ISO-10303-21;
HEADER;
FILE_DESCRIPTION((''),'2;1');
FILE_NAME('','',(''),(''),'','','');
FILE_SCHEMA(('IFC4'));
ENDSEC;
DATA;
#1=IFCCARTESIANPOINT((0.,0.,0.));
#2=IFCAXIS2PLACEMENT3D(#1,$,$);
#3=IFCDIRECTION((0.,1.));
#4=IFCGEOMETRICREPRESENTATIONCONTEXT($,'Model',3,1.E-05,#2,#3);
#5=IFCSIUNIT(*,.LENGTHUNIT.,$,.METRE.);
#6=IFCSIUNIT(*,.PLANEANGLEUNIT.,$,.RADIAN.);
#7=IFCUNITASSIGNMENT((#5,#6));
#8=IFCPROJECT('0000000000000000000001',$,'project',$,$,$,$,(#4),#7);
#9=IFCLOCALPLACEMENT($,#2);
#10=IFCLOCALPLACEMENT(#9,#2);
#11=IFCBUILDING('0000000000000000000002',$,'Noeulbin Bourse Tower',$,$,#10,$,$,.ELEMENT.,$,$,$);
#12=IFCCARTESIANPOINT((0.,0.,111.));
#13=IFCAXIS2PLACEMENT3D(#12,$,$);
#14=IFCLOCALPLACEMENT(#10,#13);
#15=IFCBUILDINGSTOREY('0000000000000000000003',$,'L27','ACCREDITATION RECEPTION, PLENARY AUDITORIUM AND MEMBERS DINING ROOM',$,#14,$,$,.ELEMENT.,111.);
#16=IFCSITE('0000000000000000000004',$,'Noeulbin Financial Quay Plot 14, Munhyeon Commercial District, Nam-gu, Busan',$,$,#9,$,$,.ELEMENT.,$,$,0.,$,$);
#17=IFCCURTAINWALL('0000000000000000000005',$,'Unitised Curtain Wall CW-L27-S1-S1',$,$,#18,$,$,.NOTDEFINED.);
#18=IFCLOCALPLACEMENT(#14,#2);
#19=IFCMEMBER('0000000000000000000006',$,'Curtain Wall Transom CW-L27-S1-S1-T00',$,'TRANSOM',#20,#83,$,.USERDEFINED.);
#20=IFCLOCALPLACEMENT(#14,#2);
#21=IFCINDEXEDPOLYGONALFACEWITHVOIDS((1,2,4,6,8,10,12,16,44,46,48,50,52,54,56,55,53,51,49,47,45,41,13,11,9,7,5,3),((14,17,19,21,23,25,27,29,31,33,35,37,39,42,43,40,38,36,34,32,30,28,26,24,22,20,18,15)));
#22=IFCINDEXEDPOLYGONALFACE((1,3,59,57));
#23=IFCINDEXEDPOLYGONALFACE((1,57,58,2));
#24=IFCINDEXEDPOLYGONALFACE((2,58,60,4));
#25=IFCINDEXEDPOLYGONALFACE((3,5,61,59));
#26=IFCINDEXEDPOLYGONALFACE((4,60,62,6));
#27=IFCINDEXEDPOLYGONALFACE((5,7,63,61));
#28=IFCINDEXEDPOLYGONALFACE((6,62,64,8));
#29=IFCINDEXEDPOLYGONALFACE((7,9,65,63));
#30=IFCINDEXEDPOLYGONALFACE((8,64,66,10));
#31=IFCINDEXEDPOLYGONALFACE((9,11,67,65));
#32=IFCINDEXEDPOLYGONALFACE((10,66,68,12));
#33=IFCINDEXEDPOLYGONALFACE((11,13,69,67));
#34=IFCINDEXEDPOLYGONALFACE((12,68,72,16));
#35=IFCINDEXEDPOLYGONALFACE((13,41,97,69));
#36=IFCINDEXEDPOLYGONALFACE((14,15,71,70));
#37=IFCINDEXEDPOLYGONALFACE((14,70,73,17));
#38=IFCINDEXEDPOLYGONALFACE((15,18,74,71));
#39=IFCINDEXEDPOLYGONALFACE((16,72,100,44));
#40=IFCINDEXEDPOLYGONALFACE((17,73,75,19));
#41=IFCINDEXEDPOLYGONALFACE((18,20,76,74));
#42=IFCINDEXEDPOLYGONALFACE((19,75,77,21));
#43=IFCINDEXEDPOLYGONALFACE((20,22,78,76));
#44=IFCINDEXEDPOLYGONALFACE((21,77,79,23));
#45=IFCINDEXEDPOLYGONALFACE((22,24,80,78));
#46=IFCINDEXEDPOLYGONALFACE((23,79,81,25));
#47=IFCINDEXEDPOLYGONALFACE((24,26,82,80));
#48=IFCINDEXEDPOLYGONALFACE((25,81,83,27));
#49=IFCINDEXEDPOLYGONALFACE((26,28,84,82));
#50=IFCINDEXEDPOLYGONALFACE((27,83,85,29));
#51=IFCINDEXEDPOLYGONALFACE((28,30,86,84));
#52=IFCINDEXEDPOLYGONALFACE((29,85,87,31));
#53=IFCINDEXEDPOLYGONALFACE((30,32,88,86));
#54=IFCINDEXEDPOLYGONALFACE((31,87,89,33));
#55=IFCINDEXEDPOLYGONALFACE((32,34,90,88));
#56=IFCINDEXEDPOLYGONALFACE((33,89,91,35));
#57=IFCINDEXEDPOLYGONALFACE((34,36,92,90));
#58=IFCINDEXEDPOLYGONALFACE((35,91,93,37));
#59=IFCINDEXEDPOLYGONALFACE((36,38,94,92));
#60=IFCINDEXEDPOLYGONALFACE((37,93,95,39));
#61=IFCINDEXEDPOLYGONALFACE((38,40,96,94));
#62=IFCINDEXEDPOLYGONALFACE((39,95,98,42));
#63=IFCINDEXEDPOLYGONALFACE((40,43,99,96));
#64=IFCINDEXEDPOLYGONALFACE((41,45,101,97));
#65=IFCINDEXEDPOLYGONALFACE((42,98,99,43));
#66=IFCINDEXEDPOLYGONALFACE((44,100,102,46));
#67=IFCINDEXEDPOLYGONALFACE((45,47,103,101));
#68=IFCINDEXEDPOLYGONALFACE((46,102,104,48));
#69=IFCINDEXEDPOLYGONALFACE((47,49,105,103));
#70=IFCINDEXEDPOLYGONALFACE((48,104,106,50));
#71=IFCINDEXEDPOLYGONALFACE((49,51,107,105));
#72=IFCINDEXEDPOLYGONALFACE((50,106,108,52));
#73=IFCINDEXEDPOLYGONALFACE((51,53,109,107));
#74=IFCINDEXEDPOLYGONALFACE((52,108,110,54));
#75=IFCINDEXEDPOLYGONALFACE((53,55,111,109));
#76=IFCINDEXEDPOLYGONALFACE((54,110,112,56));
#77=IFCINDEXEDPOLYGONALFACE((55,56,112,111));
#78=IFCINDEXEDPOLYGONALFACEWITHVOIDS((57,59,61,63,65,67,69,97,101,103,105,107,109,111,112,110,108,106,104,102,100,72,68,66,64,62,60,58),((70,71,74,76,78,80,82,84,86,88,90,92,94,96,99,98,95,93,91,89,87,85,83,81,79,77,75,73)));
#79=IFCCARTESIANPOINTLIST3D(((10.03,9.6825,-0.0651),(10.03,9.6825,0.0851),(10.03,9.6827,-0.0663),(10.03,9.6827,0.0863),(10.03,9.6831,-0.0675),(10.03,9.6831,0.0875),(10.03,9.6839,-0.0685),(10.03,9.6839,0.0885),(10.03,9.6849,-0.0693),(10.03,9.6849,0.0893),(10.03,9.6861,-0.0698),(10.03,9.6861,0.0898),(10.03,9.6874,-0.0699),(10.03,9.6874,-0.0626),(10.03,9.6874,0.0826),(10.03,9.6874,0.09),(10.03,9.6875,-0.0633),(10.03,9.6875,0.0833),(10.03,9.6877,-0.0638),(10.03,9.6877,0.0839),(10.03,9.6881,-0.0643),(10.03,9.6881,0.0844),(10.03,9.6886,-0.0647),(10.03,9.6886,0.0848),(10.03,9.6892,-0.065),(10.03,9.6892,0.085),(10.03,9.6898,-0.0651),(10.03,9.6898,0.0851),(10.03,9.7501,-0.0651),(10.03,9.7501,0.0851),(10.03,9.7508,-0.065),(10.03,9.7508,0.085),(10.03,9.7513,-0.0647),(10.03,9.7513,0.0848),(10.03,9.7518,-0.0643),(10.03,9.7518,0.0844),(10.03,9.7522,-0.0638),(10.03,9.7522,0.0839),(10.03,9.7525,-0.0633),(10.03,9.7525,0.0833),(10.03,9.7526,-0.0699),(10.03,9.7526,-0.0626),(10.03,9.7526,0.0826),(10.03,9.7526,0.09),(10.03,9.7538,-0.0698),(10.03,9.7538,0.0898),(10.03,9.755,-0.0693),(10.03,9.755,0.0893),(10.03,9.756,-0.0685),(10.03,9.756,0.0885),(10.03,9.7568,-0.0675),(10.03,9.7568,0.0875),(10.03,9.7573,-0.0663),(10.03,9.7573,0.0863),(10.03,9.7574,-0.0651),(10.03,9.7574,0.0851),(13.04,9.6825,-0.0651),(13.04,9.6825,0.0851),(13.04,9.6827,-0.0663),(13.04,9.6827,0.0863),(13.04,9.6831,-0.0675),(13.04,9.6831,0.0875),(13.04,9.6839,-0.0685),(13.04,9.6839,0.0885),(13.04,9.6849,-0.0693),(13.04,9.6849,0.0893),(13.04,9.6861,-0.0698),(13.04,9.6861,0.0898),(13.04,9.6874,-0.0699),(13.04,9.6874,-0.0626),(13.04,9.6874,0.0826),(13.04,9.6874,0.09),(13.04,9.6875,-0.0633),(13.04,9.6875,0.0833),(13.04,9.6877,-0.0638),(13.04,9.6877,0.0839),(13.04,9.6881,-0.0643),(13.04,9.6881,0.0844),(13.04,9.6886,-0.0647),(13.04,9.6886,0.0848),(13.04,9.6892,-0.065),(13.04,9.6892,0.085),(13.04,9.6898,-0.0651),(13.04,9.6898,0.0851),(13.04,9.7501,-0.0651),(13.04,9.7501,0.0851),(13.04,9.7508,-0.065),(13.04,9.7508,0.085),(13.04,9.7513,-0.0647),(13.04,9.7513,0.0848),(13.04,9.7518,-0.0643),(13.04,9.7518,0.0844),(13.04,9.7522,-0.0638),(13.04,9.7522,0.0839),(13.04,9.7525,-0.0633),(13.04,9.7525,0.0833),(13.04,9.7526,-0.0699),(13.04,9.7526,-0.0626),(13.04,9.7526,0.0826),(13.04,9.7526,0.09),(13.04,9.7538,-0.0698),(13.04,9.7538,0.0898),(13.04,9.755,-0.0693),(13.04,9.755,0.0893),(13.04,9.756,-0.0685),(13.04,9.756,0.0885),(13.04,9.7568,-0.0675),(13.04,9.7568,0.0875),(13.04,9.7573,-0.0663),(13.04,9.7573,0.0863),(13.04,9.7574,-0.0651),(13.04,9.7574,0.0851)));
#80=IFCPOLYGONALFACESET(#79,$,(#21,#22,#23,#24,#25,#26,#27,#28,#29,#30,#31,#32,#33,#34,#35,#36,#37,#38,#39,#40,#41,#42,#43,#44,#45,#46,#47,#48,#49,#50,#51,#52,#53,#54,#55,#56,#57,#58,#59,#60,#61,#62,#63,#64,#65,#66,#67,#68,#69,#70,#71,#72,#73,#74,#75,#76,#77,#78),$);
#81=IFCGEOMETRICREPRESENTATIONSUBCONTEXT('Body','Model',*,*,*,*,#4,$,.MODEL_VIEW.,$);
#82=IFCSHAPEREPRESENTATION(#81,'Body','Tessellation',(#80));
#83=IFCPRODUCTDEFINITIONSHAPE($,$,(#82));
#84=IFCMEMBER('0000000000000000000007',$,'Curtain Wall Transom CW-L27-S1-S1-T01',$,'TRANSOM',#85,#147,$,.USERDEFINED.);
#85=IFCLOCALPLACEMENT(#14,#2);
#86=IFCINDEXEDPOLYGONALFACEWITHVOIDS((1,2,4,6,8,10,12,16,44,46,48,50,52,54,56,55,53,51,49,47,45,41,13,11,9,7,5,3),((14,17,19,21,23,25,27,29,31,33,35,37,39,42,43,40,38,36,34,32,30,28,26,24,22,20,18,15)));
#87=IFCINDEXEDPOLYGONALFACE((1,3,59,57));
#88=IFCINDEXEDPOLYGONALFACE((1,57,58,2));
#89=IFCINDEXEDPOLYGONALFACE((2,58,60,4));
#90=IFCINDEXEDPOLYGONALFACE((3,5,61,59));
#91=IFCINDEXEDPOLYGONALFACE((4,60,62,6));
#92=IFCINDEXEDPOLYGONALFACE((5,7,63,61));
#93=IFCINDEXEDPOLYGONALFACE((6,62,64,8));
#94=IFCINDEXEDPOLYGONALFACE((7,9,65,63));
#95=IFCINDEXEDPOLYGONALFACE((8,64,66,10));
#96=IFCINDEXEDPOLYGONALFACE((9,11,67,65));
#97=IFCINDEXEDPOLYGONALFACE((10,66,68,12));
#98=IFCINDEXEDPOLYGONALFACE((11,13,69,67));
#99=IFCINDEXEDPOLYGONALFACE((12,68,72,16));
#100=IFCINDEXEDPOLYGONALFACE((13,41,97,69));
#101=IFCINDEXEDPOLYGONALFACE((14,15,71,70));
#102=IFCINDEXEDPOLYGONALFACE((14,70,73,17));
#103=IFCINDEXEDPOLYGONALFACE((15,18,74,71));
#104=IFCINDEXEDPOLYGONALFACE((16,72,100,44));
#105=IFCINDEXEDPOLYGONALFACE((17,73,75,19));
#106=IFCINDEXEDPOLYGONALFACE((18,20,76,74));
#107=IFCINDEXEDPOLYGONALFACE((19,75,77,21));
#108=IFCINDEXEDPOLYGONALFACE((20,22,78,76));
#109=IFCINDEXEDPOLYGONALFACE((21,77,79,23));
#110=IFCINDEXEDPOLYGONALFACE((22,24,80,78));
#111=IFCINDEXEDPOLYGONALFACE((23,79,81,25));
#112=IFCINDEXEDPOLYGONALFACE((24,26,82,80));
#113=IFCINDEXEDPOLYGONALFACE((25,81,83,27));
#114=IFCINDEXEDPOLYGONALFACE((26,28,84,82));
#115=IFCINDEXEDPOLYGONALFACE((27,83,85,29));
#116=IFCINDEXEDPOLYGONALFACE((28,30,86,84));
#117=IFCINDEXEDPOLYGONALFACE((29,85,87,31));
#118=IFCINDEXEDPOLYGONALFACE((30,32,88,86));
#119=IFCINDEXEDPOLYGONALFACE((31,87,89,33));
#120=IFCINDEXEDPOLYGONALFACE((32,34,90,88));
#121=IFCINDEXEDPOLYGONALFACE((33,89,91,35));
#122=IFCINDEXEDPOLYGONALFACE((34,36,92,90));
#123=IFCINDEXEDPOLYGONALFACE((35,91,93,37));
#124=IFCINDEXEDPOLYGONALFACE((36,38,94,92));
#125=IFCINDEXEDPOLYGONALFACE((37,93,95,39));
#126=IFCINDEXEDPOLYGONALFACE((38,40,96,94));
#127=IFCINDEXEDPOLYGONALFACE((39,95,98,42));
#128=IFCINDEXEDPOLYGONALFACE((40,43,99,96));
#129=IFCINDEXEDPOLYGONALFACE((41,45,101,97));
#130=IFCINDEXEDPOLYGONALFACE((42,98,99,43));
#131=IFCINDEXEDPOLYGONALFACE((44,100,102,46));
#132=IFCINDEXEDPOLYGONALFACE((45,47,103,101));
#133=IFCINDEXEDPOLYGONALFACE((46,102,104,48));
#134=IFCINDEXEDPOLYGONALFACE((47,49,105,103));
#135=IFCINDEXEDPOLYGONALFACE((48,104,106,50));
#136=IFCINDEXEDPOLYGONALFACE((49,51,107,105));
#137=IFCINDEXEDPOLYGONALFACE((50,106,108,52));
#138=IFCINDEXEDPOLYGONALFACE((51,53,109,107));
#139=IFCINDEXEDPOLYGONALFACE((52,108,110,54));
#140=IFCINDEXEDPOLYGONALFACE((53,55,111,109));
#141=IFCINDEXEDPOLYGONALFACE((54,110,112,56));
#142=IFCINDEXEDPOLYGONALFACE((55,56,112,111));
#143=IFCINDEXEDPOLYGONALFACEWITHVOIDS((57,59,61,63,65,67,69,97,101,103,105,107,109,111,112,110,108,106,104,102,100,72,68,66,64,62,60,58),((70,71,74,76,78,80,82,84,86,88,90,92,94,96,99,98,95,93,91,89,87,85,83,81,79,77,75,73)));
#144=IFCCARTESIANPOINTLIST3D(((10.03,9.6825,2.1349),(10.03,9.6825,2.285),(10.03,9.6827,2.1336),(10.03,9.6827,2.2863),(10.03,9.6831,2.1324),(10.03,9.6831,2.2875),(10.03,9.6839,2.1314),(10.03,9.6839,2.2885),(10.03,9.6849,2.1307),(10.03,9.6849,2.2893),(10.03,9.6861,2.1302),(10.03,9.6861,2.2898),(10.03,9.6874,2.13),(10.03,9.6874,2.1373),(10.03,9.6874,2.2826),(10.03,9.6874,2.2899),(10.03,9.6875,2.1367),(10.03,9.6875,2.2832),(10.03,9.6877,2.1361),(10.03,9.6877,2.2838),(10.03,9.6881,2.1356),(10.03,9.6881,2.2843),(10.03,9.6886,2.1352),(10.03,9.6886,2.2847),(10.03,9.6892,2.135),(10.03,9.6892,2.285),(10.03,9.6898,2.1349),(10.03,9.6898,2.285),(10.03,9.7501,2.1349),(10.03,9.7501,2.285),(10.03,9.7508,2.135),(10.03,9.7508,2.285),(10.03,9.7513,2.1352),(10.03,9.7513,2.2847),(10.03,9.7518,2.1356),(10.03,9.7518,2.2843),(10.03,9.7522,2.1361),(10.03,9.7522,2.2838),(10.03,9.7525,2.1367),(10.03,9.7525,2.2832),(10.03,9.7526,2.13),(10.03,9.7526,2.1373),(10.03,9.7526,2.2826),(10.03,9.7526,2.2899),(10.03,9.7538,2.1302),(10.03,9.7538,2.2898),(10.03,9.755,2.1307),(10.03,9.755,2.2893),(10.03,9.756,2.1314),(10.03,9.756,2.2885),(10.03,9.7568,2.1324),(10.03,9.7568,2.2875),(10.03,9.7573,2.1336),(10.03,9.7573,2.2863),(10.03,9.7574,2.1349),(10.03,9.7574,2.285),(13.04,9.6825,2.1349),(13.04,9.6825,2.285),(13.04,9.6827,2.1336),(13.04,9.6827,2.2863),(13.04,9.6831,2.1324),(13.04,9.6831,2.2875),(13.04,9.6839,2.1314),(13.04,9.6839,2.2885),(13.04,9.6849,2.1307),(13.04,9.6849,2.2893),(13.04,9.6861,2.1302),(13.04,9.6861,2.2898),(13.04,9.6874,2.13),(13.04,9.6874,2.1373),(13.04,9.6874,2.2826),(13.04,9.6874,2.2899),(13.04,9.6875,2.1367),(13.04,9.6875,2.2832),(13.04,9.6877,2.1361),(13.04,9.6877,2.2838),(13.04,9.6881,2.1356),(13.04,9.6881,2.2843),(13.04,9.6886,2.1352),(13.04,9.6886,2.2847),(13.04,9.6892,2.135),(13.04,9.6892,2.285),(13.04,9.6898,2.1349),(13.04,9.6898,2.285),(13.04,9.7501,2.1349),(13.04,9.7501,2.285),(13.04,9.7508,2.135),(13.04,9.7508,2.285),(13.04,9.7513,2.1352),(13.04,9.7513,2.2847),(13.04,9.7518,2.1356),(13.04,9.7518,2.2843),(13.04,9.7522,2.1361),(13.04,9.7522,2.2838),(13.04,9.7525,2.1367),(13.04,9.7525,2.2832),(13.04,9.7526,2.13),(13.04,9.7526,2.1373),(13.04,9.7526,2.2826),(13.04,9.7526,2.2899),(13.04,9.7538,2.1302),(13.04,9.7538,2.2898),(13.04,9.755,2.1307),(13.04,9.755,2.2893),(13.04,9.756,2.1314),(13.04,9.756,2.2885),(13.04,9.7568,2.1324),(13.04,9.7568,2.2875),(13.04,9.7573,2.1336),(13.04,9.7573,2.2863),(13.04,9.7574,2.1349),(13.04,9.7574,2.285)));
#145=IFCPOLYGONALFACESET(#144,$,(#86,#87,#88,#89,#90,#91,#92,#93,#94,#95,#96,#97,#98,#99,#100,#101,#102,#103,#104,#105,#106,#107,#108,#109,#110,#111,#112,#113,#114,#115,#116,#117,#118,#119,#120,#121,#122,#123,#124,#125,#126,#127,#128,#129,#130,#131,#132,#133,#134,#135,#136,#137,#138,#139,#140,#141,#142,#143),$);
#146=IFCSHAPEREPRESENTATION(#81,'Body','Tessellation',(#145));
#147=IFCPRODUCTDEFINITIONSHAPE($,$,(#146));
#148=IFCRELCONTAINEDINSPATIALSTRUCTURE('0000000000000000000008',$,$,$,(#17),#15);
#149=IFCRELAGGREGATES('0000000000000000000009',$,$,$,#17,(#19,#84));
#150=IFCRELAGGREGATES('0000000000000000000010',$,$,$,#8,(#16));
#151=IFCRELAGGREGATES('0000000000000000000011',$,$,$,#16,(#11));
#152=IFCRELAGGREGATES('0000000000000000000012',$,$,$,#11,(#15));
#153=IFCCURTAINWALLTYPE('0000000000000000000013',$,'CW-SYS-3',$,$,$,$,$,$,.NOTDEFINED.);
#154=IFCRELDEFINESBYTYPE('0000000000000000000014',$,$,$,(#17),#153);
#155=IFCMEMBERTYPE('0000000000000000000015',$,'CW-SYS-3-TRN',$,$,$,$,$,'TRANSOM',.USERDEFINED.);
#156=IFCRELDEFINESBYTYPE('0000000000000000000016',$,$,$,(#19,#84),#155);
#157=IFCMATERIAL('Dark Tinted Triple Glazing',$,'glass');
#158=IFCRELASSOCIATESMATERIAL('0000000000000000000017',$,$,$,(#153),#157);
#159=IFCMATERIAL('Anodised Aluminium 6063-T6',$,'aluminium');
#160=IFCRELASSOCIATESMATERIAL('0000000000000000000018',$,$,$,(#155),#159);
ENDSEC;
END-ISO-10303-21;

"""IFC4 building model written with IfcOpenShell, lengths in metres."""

from ifc_helpers import new_model, si_unit, direction, frame, origin, origin_2d, place, context, subcontext, project, spatial, hollow_rectangle, extrude, material, material_profile, profile_set, type_object, element, aggregate, save


model = new_model("IFC4")

# Units and contexts
model_context = context("Model", 3, precision=1e-05, world=origin(), true_north=direction((0.0, 1.0)))
body_context = subcontext(model_context, "Body", "Model", "MODEL_VIEW")
ifc_project = project(units=[si_unit("LENGTHUNIT", "METRE"), si_unit("PLANEANGLEUNIT", "RADIAN")], contexts=[model_context])

# Site, building, storey
site_placement = place(None, origin())
site = spatial("IfcSite", under=ifc_project, at=site_placement, Name="Noeulbin Financial Quay Plot 14, Munhyeon Commercial District, Nam-gu, Busan", CompositionType="ELEMENT", RefElevation=0.0)
building_placement = place(site_placement, origin())
building = spatial("IfcBuilding", under=site, at=building_placement, Name="Noeulbin Bourse Tower", CompositionType="ELEMENT")
storey_placement = place(building_placement, frame((0.0, 0.0, 111.0)))
storey = spatial("IfcBuildingStorey", under=building, at=storey_placement, Name="L27", Description="ACCREDITATION RECEPTION, PLENARY AUDITORIUM AND MEMBERS DINING ROOM", CompositionType="ELEMENT", Elevation=111.0)

# Curtain wall
ifc_material_1 = material(Name="Dark Tinted Triple Glazing", Category="glass")
curtain_wall_type = type_object("IfcCurtainWallType", Name="CW-SYS-3", PredefinedType="NOTDEFINED", material=ifc_material_1)
curtain_wall_1_placement = place(storey_placement, origin())
curtain_wall_1 = element("IfcCurtainWall", 1, at=curtain_wall_1_placement, inside=storey, type_object=curtain_wall_type, Name="Unitised Curtain Wall CW-L27-S1-S1", PredefinedType="NOTDEFINED")
ifc_material_2 = material(Name="Anodised Aluminium 6063-T6", Category="aluminium")

# Members
ifc_material_profile_1 = material_profile(ifc_material_2, hollow_rectangle(XDim=0.075, YDim=0.1599, WallThickness=0.0049, InnerFilletRadius=0.0024, OuterFilletRadius=0.0049, at=origin_2d()), Name="ALU-TRAN-75x160x5", Category="LoadBearing")
ifc_profile_set_1 = profile_set([ifc_material_profile_1], Name="Anodised Aluminium 6063-T6")
member_type_1 = type_object("IfcMemberType", Name="CW-SYS-3-TRN", ElementType="TRANSOM", PredefinedType="USERDEFINED", material=ifc_profile_set_1)
member_1_placement = place(storey_placement, frame((10.03, 9.72, 0.01), z_axis=(1.0, 0.0, 0.0), x_axis=(0.0, 1.0, 0.0)))
member_1 = element("IfcMember", 2, at=member_1_placement, type_object=member_type_1, Name="Curtain Wall Transom CW-L27-S1-S1-T00", ObjectType="TRANSOM", PredefinedType="USERDEFINED", context=body_context, shape_type="SweptSolid", body=[
    extrude(hollow_rectangle(XDim=0.075, YDim=0.1599, WallThickness=0.0049, InnerFilletRadius=0.0024, OuterFilletRadius=0.0049, at=origin_2d()), origin(), (0.0, 0.0, 1.0), 3.01),
])
member_2_placement = place(storey_placement, frame((10.03, 9.72, 2.21), z_axis=(1.0, 0.0, 0.0), x_axis=(0.0, 1.0, 0.0)))
member_2 = element("IfcMember", 3, at=member_2_placement, type_object=member_type_1, Name="Curtain Wall Transom CW-L27-S1-S1-T01", ObjectType="TRANSOM", PredefinedType="USERDEFINED", context=body_context, shape_type="SweptSolid", body=[
    extrude(hollow_rectangle(XDim=0.075, YDim=0.1599, WallThickness=0.0049, InnerFilletRadius=0.0024, OuterFilletRadius=0.0049, at=origin_2d()), origin(), (0.0, 0.0, 1.0), 3.01),
])

aggregate(curtain_wall_1, [member_1, member_2])

save(model, "model.ifc")
